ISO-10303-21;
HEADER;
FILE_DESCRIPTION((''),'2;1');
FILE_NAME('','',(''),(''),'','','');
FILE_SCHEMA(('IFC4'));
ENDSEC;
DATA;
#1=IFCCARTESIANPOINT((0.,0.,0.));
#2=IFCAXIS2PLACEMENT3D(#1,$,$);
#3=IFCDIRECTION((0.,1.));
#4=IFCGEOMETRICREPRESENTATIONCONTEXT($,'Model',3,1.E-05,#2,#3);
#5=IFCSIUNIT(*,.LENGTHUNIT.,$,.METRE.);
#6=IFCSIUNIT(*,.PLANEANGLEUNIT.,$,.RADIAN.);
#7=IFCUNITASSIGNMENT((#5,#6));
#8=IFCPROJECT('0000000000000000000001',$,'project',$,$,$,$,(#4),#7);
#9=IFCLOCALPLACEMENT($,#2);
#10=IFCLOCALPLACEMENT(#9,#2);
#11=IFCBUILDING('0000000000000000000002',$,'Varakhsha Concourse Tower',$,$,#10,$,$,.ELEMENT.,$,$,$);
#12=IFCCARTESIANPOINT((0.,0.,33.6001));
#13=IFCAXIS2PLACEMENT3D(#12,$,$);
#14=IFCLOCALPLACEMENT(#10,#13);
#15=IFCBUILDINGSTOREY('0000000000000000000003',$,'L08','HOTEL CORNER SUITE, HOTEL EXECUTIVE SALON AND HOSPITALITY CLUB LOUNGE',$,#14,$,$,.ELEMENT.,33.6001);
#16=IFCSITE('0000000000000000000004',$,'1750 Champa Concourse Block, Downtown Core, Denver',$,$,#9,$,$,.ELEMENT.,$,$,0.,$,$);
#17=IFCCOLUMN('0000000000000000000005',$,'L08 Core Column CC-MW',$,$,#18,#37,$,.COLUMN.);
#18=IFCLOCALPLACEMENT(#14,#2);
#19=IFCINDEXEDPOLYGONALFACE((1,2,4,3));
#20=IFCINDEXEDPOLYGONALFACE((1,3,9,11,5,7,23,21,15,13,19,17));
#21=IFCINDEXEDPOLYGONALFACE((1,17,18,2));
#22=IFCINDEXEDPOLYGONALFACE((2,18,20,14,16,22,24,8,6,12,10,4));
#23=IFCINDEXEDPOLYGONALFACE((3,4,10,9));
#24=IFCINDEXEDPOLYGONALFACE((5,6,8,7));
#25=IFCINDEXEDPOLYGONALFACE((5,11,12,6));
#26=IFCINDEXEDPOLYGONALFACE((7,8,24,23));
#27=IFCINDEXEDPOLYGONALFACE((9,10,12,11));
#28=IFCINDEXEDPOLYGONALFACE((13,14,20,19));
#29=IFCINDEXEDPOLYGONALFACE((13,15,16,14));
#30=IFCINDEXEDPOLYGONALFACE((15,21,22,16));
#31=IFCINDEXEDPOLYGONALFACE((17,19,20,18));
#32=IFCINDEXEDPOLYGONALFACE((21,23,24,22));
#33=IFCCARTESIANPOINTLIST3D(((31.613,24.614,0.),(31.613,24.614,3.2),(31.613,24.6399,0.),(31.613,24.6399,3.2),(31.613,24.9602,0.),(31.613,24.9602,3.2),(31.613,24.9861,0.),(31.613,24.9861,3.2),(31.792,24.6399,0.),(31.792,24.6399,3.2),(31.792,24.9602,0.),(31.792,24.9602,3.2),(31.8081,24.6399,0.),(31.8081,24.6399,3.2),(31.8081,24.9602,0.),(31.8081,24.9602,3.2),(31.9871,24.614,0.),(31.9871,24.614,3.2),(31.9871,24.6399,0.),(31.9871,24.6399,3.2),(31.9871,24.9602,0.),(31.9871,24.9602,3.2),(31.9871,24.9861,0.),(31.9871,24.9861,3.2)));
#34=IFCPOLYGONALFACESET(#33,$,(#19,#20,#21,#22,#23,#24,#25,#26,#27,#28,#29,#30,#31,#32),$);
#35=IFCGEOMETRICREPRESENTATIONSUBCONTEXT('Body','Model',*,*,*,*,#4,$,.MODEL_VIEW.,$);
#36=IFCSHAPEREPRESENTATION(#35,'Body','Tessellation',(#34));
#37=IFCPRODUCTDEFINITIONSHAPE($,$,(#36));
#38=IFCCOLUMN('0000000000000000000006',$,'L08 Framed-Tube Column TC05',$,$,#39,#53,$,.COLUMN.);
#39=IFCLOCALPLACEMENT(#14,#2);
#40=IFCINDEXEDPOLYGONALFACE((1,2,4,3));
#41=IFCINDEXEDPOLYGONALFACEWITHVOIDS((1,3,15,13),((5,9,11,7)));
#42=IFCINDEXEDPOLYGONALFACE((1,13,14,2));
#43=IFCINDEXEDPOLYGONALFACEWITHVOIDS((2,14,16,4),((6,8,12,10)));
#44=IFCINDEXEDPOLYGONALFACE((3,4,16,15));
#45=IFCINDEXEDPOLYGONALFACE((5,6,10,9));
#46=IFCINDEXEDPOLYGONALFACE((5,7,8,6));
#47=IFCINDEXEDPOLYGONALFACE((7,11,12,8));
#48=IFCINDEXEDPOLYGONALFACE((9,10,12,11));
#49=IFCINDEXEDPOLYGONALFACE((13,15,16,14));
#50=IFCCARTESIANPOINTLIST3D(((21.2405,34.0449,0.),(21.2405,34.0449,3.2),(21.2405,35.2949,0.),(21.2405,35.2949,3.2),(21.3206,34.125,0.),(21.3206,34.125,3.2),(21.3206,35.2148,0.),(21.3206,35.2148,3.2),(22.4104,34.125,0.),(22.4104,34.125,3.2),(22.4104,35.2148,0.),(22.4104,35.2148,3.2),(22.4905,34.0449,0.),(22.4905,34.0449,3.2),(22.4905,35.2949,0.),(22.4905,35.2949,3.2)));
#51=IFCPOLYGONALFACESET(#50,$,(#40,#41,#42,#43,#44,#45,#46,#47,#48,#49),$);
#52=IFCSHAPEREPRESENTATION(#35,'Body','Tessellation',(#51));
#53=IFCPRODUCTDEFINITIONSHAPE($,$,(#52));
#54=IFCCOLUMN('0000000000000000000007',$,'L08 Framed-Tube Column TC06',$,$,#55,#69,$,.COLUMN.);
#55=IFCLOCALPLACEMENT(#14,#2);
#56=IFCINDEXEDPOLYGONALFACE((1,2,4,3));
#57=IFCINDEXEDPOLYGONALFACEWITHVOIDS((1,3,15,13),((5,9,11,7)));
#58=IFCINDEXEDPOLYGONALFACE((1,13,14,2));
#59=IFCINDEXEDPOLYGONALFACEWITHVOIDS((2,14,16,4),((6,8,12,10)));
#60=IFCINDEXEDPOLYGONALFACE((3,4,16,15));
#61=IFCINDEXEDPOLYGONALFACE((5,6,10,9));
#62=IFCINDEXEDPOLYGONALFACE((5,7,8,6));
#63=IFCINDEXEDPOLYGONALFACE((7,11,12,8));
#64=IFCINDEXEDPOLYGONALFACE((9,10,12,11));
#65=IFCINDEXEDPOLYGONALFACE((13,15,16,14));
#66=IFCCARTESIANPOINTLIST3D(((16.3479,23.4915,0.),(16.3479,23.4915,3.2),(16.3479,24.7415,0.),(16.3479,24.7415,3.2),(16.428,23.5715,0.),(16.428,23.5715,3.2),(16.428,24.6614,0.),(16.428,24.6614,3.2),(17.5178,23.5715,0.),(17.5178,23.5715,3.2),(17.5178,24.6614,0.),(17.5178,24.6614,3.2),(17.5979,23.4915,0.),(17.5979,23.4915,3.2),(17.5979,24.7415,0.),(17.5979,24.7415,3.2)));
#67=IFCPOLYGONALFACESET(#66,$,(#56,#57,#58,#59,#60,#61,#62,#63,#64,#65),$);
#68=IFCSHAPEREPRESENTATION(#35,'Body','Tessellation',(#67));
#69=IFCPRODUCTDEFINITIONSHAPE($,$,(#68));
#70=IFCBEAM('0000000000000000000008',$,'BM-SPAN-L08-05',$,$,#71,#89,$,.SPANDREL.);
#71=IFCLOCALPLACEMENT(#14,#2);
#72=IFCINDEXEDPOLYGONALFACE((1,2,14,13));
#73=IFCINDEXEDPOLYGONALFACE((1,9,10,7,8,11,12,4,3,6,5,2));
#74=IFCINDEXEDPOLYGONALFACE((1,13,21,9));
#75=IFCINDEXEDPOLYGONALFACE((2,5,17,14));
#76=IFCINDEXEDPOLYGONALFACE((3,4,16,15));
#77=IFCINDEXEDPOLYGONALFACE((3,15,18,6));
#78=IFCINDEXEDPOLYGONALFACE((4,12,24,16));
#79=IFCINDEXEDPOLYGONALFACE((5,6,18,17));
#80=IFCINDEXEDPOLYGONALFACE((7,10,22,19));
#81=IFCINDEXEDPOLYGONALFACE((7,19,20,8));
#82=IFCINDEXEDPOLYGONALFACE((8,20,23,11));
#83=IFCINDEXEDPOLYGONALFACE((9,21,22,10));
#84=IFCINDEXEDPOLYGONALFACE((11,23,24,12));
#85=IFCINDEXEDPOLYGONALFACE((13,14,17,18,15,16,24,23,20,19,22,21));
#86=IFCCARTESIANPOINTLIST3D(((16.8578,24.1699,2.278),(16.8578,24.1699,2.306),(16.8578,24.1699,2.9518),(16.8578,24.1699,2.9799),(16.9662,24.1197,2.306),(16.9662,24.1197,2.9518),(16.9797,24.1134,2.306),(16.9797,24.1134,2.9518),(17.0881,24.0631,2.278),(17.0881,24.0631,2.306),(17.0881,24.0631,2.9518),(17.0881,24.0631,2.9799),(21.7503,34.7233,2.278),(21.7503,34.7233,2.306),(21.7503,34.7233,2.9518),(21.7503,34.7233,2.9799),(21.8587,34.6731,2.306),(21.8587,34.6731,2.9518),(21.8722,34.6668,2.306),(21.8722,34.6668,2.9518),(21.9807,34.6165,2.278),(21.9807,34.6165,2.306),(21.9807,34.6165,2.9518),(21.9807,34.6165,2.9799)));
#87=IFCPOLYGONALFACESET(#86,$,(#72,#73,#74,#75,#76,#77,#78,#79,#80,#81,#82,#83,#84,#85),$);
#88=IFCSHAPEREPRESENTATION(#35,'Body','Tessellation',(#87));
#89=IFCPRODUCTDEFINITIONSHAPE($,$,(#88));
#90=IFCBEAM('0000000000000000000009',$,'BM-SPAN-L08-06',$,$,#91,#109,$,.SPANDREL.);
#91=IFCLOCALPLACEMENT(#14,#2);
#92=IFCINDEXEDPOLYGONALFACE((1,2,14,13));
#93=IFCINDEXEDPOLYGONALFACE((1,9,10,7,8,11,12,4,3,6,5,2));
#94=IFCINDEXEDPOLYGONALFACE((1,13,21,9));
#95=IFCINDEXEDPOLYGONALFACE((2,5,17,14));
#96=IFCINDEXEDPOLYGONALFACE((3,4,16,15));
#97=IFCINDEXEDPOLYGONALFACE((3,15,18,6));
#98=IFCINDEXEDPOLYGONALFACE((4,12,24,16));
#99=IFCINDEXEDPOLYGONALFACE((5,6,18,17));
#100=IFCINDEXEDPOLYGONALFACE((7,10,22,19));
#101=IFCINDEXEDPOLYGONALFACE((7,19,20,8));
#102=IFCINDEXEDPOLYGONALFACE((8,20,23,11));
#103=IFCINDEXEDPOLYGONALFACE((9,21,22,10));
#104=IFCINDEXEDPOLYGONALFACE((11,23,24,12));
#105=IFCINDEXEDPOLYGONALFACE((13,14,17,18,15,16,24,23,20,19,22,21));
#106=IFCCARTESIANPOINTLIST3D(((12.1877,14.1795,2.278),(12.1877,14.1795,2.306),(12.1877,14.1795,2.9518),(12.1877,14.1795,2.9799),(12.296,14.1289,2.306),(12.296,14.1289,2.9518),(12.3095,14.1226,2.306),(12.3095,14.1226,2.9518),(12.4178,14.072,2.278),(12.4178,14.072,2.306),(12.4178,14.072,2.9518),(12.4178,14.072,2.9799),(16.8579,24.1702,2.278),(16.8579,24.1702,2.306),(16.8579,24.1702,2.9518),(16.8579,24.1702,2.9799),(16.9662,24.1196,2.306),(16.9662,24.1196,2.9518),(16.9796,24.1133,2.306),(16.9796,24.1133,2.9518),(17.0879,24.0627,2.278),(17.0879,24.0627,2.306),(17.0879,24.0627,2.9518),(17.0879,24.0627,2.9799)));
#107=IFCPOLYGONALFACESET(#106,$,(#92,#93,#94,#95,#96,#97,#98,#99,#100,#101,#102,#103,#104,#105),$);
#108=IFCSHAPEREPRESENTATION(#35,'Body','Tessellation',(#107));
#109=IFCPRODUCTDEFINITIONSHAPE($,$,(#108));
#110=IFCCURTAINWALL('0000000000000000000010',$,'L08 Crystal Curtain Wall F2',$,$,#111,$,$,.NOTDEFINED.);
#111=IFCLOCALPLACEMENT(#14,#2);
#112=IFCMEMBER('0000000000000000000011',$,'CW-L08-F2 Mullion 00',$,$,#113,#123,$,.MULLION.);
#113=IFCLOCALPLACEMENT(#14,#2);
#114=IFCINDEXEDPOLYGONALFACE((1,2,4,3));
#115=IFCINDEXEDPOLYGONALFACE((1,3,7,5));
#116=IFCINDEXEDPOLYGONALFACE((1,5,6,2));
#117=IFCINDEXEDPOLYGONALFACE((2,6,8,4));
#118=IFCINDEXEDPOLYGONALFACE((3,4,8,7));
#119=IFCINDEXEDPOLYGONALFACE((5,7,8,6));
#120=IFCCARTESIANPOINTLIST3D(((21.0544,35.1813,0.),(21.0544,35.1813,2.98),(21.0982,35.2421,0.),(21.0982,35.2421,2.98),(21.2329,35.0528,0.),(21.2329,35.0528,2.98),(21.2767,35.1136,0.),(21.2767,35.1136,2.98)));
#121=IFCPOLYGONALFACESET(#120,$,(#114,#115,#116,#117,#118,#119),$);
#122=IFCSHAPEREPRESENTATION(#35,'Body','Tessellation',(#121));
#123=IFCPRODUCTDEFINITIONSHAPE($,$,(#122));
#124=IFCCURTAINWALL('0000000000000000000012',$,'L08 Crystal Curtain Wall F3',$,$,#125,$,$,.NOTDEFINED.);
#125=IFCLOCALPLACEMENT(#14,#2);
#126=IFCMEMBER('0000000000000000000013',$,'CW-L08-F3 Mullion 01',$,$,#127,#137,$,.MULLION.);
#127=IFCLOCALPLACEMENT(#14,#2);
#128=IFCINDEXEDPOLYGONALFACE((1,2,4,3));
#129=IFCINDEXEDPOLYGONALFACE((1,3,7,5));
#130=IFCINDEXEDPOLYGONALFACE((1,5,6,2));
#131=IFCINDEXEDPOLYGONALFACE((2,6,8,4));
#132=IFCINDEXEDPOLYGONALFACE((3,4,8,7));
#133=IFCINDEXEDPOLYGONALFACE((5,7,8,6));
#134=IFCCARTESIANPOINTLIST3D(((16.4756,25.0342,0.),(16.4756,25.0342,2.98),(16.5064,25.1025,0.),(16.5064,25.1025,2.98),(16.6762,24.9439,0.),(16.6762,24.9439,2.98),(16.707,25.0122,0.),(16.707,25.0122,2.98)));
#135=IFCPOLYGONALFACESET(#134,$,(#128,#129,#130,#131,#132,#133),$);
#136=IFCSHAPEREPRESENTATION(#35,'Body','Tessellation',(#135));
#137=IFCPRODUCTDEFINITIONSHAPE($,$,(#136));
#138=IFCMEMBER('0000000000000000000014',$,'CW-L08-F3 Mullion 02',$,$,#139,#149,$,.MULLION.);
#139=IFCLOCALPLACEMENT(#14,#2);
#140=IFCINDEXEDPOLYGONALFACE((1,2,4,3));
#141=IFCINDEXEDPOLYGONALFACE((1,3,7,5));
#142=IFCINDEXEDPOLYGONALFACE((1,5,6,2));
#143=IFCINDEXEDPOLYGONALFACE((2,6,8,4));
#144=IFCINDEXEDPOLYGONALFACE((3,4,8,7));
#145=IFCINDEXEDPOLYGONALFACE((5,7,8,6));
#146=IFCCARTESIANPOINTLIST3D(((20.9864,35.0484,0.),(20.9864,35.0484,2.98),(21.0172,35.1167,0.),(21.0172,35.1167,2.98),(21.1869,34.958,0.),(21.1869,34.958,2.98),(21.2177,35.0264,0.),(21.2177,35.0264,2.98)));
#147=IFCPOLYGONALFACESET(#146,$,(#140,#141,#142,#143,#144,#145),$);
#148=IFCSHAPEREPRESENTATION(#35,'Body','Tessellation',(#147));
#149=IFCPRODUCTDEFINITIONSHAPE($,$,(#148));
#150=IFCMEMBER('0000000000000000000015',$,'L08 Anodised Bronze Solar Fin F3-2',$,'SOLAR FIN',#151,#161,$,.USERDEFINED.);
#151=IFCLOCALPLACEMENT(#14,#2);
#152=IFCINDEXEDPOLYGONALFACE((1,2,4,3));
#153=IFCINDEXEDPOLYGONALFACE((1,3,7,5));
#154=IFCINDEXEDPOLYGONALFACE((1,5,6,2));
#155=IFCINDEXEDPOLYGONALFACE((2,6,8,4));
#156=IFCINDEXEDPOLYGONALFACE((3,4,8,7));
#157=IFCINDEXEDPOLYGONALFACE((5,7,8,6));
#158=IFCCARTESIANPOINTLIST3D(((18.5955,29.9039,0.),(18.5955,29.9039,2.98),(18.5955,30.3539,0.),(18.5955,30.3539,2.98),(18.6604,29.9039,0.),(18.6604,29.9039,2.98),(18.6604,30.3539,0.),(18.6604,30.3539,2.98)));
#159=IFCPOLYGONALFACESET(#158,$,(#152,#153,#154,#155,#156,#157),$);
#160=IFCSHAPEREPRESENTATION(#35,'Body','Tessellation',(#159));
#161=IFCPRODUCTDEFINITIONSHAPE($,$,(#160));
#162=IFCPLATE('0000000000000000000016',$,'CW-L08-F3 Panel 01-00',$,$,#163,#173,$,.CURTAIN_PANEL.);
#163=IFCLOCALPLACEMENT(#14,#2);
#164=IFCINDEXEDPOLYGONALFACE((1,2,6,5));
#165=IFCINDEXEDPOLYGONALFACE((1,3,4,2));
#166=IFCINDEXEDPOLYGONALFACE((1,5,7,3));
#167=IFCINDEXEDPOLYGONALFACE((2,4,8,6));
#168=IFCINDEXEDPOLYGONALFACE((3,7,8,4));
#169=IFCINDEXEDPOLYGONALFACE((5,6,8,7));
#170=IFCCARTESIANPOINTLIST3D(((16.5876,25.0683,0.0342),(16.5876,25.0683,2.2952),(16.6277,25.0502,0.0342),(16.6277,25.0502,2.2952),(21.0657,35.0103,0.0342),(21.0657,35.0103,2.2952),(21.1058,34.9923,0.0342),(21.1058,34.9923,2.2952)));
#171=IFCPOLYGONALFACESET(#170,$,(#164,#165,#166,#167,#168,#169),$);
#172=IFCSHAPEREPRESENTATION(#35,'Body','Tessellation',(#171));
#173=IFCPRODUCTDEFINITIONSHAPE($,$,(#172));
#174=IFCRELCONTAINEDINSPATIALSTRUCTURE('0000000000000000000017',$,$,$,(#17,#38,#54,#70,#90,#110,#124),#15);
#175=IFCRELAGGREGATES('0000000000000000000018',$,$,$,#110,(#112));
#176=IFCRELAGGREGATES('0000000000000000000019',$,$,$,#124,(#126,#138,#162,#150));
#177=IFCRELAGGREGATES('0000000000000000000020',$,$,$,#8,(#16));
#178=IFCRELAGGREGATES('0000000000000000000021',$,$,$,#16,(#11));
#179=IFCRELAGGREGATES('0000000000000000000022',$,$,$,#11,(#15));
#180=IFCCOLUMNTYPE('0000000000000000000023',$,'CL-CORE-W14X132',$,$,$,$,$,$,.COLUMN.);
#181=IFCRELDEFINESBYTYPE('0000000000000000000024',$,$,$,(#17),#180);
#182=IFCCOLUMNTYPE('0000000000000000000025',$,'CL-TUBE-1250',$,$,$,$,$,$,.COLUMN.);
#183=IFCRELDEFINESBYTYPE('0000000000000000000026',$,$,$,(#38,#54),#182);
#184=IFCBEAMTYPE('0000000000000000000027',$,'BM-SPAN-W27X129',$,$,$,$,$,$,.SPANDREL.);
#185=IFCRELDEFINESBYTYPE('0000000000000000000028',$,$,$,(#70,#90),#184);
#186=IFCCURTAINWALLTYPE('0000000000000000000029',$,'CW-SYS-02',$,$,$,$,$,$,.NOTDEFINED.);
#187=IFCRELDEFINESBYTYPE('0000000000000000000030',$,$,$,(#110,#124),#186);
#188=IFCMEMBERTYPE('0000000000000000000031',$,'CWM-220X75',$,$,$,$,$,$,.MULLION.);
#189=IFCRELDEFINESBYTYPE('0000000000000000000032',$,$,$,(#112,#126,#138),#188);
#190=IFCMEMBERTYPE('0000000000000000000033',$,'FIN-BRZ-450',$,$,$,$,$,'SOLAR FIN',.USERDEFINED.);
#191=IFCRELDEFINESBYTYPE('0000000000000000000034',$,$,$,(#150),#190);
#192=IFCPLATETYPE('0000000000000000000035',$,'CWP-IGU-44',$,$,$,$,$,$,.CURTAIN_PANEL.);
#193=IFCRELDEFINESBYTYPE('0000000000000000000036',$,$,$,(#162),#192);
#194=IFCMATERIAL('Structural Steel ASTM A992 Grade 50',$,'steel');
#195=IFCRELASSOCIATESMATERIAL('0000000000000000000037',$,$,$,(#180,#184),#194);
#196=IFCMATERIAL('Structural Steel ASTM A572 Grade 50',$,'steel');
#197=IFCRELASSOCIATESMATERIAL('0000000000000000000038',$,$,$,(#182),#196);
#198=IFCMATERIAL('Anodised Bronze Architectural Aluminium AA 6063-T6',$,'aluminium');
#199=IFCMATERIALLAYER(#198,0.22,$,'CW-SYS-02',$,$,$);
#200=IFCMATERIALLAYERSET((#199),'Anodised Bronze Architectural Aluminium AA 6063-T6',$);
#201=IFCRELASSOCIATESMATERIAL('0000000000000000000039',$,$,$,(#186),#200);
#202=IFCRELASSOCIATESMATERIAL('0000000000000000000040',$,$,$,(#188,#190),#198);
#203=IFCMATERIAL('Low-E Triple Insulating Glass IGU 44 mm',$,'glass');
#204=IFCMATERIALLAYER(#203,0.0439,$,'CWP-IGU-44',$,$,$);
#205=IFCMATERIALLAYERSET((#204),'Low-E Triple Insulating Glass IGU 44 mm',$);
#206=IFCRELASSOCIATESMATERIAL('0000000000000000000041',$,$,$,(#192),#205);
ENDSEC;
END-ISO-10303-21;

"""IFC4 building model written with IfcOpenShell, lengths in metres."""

from ifc_helpers import new_model, si_unit, direction, frame, origin, origin_2d, place, context, subcontext, project, spatial, rectangle, hollow_rectangle, i_section, extrude, source, transform, mapped, material, layer, layer_set, material_profile, profile_set, type_object, type_shapes, element, aggregate, save


model = new_model("IFC4")

# Units and contexts
model_context = context("Model", 3, precision=1e-05, world=origin(), true_north=direction((0.0, 1.0)))
body_context = subcontext(model_context, "Body", "Model", "MODEL_VIEW")
ifc_project = project(units=[si_unit("LENGTHUNIT", "METRE"), si_unit("PLANEANGLEUNIT", "RADIAN")], contexts=[model_context])

# Site, building, storey
site_placement = place(None, origin())
site = spatial("IfcSite", under=ifc_project, at=site_placement, Name="1750 Champa Concourse Block, Downtown Core, Denver", CompositionType="ELEMENT", RefElevation=0.0)
building_placement = place(site_placement, origin())
building = spatial("IfcBuilding", under=site, at=building_placement, Name="Varakhsha Concourse Tower", CompositionType="ELEMENT")
storey_placement = place(building_placement, frame((0.0, 0.0, 33.6001)))
storey = spatial("IfcBuildingStorey", under=building, at=storey_placement, Name="L08", Description="HOTEL CORNER SUITE, HOTEL EXECUTIVE SALON AND HOSPITALITY CLUB LOUNGE", CompositionType="ELEMENT", Elevation=33.6001)

# Columns
ifc_material_1 = material(Name="Structural Steel ASTM A992 Grade 50", Category="steel")
ifc_material_profile_1 = material_profile(ifc_material_1, i_section(OverallWidth=0.374, OverallDepth=0.3721, WebThickness=0.0161, FlangeThickness=0.0259, at=origin_2d()), Name="W14X132")
ifc_profile_set_1 = profile_set([ifc_material_profile_1], Name="Structural Steel ASTM A992 Grade 50")
column_type_1 = type_object("IfcColumnType", Name="CL-CORE-W14X132", PredefinedType="COLUMN", material=ifc_profile_set_1)
column_placement = place(storey_placement, frame((31.8, 24.8, 0.0), z_axis=(0.0, 0.0, 1.0), x_axis=(1.0, 0.0, 0.0)))
element("IfcColumn", 1, at=column_placement, inside=storey, type_object=column_type_1, Name="L08 Core Column CC-MW", PredefinedType="COLUMN", context=body_context, shape_type="SweptSolid", body=[
    extrude(i_section(OverallWidth=0.374, OverallDepth=0.3721, WebThickness=0.0161, FlangeThickness=0.0259, at=origin_2d()), origin(), (0.0, 0.0, 1.0), 3.2),
])
ifc_material_2 = material(Name="Structural Steel ASTM A572 Grade 50", Category="steel")
ifc_material_profile_2 = material_profile(ifc_material_2, hollow_rectangle(XDim=1.25, YDim=1.25, WallThickness=0.0801, at=origin_2d()), Name="BOX 1250x1250x80")
ifc_profile_set_2 = profile_set([ifc_material_profile_2], Name="Structural Steel ASTM A572 Grade 50")
column_type_2 = type_object("IfcColumnType", Name="CL-TUBE-1250", PredefinedType="COLUMN", material=ifc_profile_set_2)
for number, where, z_axis, x_axis, name in (
    (2, (21.8655, 34.6699, 0.0), (0.0, 0.0, 1.0), (1.0, 0.0, 0.0), "L08 Framed-Tube Column TC05"),
    (3, (16.9729, 24.1165, 0.0), (0.0, 0.0, 1.0), (1.0, 0.0, 0.0), "L08 Framed-Tube Column TC06"),
):
    element("IfcColumn", number, at=place(storey_placement, frame(where, z_axis=z_axis, x_axis=x_axis)), inside=storey, type_object=column_type_2, Name=name, PredefinedType="COLUMN", context=body_context, shape_type="SweptSolid", body=[
        extrude(hollow_rectangle(XDim=1.25, YDim=1.25, WallThickness=0.0801, at=origin_2d()), origin(), (0.0, 0.0, 1.0), 3.2),
    ])

# Beams
ifc_material_profile_3 = material_profile(ifc_material_1, i_section(OverallWidth=0.2539, OverallDepth=0.7019, WebThickness=0.0149, FlangeThickness=0.0281, at=origin_2d()), Name="W27X129")
ifc_profile_set_3 = profile_set([ifc_material_profile_3], Name="Structural Steel ASTM A992 Grade 50")
beam_type = type_object("IfcBeamType", Name="BM-SPAN-W27X129", PredefinedType="SPANDREL", material=ifc_profile_set_3)
beam_1_placement = place(storey_placement, frame((21.8655, 34.6699, 2.6289), z_axis=(-0.420599, -0.907247, 0.0), x_axis=(0.907247, -0.420599, 0.0)))
element("IfcBeam", 4, at=beam_1_placement, inside=storey, type_object=beam_type, Name="BM-SPAN-L08-05", PredefinedType="SPANDREL", context=body_context, shape_type="SweptSolid", body=[
    extrude(i_section(OverallWidth=0.2539, OverallDepth=0.7019, WebThickness=0.0149, FlangeThickness=0.0281, at=origin_2d()), origin(), (0.0, 0.0, 1.0), 11.6323),
])
beam_2_placement = place(storey_placement, frame((16.9729, 24.1165, 2.6289), z_axis=(-0.423468, -0.905911, 0.0), x_axis=(0.905911, -0.423468, 0.0)))
element("IfcBeam", 5, at=beam_2_placement, inside=storey, type_object=beam_type, Name="BM-SPAN-L08-06", PredefinedType="SPANDREL", context=body_context, shape_type="SweptSolid", body=[
    extrude(i_section(OverallWidth=0.2539, OverallDepth=0.7019, WebThickness=0.0149, FlangeThickness=0.0281, at=origin_2d()), origin(), (0.0, 0.0, 1.0), 11.0283),
])

# Curtain wall, member
ifc_material_3 = material(Name="Anodised Bronze Architectural Aluminium AA 6063-T6", Category="aluminium")
ifc_layer_1 = layer(ifc_material_3, 0.22, Name="CW-SYS-02")
ifc_layer_set_1 = layer_set([ifc_layer_1], Name="Anodised Bronze Architectural Aluminium AA 6063-T6")
curtain_wall_type = type_object("IfcCurtainWallType", Name="CW-SYS-02", PredefinedType="NOTDEFINED", material=ifc_layer_set_1)
curtain_wall_1_placement = place(storey_placement, origin())
curtain_wall_1 = element("IfcCurtainWall", 6, at=curtain_wall_1_placement, inside=storey, type_object=curtain_wall_type, Name="L08 Crystal Curtain Wall F2", PredefinedType="NOTDEFINED")
ifc_material_profile_4 = material_profile(ifc_material_3, rectangle(XDim=0.075, YDim=0.22, at=origin_2d()), Name="CWM-220X75")
ifc_profile_set_4 = profile_set([ifc_material_profile_4], Name="Anodised Bronze Architectural Aluminium AA 6063-T6")
member_type_1 = type_object("IfcMemberType", Name="CWM-220X75", PredefinedType="MULLION", material=ifc_profile_set_4)
shared_shape_1 = source(origin(), body_context, "Body", "SweptSolid", [
    extrude(rectangle(XDim=0.075, YDim=0.22, at=origin_2d()), origin(), (0.0, 0.0, 1.0), 2.98),
])
type_shapes(member_type_1, [shared_shape_1])
member_1_placement = place(storey_placement, frame((21.1655, 35.1475, 0.0), z_axis=(0.0, 0.0, 1.0), x_axis=(0.584284, 0.81155, 0.0)))
member_1 = element("IfcMember", 7, at=member_1_placement, type_object=member_type_1, Name="CW-L08-F2 Mullion 00", PredefinedType="MULLION", context=body_context, shape_type="MappedRepresentation", body=[
    mapped(shared_shape_1, transform((0.0, 0.0, 0.0), scale=1.0)),
])
aggregate(curtain_wall_1, [member_1])

# Curtain wall, members, plate
curtain_wall_2_placement = place(storey_placement, origin())
curtain_wall_2 = element("IfcCurtainWall", 8, at=curtain_wall_2_placement, inside=storey, type_object=curtain_wall_type, Name="L08 Crystal Curtain Wall F3", PredefinedType="NOTDEFINED")
member_2_placement = place(storey_placement, frame((16.5913, 25.0232, 0.0), z_axis=(0.0, 0.0, 1.0), x_axis=(0.410684, 0.911778, 0.0)))
member_2 = element("IfcMember", 9, at=member_2_placement, type_object=member_type_1, Name="CW-L08-F3 Mullion 01", PredefinedType="MULLION", context=body_context, shape_type="MappedRepresentation", body=[
    mapped(shared_shape_1, transform((0.0, 0.0, 0.0), scale=1.0)),
])
member_3_placement = place(storey_placement, frame((21.1021, 35.0374, 0.0), z_axis=(0.0, 0.0, 1.0), x_axis=(0.410684, 0.911778, 0.0)))
member_3 = element("IfcMember", 10, at=member_3_placement, type_object=member_type_1, Name="CW-L08-F3 Mullion 02", PredefinedType="MULLION", context=body_context, shape_type="MappedRepresentation", body=[
    mapped(shared_shape_1, transform((0.0, 0.0, 0.0), scale=1.0)),
])
ifc_material_profile_5 = material_profile(ifc_material_3, rectangle(XDim=0.0649, YDim=0.45, at=origin_2d()), Name="FIN-BRZ-450")
ifc_profile_set_5 = profile_set([ifc_material_profile_5], Name="Anodised Bronze Architectural Aluminium AA 6063-T6")
member_type_2 = type_object("IfcMemberType", Name="FIN-BRZ-450", ElementType="SOLAR FIN", PredefinedType="USERDEFINED", material=ifc_profile_set_5)
shared_shape_2 = source(origin(), body_context, "Body", "SweptSolid", [
    extrude(rectangle(XDim=0.0649, YDim=0.45, at=origin_2d()), origin(), (0.0, 0.0, 1.0), 2.98),
])
type_shapes(member_type_2, [shared_shape_2])
member_4_placement = place(storey_placement, frame((18.6279, 30.1289, 0.0), z_axis=(0.0, 0.0, 1.0), x_axis=(1.0, 0.0, 0.0)))
member_4 = element("IfcMember", 11, at=member_4_placement, type_object=member_type_2, Name="L08 Anodised Bronze Solar Fin F3-2", ObjectType="SOLAR FIN", PredefinedType="USERDEFINED", context=body_context, shape_type="MappedRepresentation", body=[
    mapped(shared_shape_2, transform((0.0, 0.0, 0.0), scale=1.0)),
])
ifc_material_4 = material(Name="Low-E Triple Insulating Glass IGU 44 mm", Category="glass")
ifc_layer_2 = layer(ifc_material_4, 0.0439, Name="CWP-IGU-44")
ifc_layer_set_2 = layer_set([ifc_layer_2], Name="Low-E Triple Insulating Glass IGU 44 mm")
plate_type_1 = type_object("IfcPlateType", Name="CWP-IGU-44", PredefinedType="CURTAIN_PANEL", material=ifc_layer_set_2)
shared_shape_3 = source(origin(), body_context, "Body", "SweptSolid", [
    extrude(rectangle(XDim=10.9041, YDim=0.0439, at=origin_2d()), origin(), (0.0, 0.0, 1.0), 2.261),
])
type_shapes(plate_type_1, [shared_shape_3])
plate_1_placement = place(storey_placement, frame((18.8467, 30.0303, 0.0342), z_axis=(0.0, 0.0, 1.0), x_axis=(0.410684, 0.911778, 0.0)))
plate_1 = element("IfcPlate", 12, at=plate_1_placement, type_object=plate_type_1, Name="CW-L08-F3 Panel 01-00", PredefinedType="CURTAIN_PANEL", context=body_context, shape_type="MappedRepresentation", body=[
    mapped(shared_shape_3, transform((0.0, 0.0, 0.0), scale=1.0)),
])
aggregate(curtain_wall_2, [member_2, member_3, plate_1, member_4])

save(model, "model.ifc")
